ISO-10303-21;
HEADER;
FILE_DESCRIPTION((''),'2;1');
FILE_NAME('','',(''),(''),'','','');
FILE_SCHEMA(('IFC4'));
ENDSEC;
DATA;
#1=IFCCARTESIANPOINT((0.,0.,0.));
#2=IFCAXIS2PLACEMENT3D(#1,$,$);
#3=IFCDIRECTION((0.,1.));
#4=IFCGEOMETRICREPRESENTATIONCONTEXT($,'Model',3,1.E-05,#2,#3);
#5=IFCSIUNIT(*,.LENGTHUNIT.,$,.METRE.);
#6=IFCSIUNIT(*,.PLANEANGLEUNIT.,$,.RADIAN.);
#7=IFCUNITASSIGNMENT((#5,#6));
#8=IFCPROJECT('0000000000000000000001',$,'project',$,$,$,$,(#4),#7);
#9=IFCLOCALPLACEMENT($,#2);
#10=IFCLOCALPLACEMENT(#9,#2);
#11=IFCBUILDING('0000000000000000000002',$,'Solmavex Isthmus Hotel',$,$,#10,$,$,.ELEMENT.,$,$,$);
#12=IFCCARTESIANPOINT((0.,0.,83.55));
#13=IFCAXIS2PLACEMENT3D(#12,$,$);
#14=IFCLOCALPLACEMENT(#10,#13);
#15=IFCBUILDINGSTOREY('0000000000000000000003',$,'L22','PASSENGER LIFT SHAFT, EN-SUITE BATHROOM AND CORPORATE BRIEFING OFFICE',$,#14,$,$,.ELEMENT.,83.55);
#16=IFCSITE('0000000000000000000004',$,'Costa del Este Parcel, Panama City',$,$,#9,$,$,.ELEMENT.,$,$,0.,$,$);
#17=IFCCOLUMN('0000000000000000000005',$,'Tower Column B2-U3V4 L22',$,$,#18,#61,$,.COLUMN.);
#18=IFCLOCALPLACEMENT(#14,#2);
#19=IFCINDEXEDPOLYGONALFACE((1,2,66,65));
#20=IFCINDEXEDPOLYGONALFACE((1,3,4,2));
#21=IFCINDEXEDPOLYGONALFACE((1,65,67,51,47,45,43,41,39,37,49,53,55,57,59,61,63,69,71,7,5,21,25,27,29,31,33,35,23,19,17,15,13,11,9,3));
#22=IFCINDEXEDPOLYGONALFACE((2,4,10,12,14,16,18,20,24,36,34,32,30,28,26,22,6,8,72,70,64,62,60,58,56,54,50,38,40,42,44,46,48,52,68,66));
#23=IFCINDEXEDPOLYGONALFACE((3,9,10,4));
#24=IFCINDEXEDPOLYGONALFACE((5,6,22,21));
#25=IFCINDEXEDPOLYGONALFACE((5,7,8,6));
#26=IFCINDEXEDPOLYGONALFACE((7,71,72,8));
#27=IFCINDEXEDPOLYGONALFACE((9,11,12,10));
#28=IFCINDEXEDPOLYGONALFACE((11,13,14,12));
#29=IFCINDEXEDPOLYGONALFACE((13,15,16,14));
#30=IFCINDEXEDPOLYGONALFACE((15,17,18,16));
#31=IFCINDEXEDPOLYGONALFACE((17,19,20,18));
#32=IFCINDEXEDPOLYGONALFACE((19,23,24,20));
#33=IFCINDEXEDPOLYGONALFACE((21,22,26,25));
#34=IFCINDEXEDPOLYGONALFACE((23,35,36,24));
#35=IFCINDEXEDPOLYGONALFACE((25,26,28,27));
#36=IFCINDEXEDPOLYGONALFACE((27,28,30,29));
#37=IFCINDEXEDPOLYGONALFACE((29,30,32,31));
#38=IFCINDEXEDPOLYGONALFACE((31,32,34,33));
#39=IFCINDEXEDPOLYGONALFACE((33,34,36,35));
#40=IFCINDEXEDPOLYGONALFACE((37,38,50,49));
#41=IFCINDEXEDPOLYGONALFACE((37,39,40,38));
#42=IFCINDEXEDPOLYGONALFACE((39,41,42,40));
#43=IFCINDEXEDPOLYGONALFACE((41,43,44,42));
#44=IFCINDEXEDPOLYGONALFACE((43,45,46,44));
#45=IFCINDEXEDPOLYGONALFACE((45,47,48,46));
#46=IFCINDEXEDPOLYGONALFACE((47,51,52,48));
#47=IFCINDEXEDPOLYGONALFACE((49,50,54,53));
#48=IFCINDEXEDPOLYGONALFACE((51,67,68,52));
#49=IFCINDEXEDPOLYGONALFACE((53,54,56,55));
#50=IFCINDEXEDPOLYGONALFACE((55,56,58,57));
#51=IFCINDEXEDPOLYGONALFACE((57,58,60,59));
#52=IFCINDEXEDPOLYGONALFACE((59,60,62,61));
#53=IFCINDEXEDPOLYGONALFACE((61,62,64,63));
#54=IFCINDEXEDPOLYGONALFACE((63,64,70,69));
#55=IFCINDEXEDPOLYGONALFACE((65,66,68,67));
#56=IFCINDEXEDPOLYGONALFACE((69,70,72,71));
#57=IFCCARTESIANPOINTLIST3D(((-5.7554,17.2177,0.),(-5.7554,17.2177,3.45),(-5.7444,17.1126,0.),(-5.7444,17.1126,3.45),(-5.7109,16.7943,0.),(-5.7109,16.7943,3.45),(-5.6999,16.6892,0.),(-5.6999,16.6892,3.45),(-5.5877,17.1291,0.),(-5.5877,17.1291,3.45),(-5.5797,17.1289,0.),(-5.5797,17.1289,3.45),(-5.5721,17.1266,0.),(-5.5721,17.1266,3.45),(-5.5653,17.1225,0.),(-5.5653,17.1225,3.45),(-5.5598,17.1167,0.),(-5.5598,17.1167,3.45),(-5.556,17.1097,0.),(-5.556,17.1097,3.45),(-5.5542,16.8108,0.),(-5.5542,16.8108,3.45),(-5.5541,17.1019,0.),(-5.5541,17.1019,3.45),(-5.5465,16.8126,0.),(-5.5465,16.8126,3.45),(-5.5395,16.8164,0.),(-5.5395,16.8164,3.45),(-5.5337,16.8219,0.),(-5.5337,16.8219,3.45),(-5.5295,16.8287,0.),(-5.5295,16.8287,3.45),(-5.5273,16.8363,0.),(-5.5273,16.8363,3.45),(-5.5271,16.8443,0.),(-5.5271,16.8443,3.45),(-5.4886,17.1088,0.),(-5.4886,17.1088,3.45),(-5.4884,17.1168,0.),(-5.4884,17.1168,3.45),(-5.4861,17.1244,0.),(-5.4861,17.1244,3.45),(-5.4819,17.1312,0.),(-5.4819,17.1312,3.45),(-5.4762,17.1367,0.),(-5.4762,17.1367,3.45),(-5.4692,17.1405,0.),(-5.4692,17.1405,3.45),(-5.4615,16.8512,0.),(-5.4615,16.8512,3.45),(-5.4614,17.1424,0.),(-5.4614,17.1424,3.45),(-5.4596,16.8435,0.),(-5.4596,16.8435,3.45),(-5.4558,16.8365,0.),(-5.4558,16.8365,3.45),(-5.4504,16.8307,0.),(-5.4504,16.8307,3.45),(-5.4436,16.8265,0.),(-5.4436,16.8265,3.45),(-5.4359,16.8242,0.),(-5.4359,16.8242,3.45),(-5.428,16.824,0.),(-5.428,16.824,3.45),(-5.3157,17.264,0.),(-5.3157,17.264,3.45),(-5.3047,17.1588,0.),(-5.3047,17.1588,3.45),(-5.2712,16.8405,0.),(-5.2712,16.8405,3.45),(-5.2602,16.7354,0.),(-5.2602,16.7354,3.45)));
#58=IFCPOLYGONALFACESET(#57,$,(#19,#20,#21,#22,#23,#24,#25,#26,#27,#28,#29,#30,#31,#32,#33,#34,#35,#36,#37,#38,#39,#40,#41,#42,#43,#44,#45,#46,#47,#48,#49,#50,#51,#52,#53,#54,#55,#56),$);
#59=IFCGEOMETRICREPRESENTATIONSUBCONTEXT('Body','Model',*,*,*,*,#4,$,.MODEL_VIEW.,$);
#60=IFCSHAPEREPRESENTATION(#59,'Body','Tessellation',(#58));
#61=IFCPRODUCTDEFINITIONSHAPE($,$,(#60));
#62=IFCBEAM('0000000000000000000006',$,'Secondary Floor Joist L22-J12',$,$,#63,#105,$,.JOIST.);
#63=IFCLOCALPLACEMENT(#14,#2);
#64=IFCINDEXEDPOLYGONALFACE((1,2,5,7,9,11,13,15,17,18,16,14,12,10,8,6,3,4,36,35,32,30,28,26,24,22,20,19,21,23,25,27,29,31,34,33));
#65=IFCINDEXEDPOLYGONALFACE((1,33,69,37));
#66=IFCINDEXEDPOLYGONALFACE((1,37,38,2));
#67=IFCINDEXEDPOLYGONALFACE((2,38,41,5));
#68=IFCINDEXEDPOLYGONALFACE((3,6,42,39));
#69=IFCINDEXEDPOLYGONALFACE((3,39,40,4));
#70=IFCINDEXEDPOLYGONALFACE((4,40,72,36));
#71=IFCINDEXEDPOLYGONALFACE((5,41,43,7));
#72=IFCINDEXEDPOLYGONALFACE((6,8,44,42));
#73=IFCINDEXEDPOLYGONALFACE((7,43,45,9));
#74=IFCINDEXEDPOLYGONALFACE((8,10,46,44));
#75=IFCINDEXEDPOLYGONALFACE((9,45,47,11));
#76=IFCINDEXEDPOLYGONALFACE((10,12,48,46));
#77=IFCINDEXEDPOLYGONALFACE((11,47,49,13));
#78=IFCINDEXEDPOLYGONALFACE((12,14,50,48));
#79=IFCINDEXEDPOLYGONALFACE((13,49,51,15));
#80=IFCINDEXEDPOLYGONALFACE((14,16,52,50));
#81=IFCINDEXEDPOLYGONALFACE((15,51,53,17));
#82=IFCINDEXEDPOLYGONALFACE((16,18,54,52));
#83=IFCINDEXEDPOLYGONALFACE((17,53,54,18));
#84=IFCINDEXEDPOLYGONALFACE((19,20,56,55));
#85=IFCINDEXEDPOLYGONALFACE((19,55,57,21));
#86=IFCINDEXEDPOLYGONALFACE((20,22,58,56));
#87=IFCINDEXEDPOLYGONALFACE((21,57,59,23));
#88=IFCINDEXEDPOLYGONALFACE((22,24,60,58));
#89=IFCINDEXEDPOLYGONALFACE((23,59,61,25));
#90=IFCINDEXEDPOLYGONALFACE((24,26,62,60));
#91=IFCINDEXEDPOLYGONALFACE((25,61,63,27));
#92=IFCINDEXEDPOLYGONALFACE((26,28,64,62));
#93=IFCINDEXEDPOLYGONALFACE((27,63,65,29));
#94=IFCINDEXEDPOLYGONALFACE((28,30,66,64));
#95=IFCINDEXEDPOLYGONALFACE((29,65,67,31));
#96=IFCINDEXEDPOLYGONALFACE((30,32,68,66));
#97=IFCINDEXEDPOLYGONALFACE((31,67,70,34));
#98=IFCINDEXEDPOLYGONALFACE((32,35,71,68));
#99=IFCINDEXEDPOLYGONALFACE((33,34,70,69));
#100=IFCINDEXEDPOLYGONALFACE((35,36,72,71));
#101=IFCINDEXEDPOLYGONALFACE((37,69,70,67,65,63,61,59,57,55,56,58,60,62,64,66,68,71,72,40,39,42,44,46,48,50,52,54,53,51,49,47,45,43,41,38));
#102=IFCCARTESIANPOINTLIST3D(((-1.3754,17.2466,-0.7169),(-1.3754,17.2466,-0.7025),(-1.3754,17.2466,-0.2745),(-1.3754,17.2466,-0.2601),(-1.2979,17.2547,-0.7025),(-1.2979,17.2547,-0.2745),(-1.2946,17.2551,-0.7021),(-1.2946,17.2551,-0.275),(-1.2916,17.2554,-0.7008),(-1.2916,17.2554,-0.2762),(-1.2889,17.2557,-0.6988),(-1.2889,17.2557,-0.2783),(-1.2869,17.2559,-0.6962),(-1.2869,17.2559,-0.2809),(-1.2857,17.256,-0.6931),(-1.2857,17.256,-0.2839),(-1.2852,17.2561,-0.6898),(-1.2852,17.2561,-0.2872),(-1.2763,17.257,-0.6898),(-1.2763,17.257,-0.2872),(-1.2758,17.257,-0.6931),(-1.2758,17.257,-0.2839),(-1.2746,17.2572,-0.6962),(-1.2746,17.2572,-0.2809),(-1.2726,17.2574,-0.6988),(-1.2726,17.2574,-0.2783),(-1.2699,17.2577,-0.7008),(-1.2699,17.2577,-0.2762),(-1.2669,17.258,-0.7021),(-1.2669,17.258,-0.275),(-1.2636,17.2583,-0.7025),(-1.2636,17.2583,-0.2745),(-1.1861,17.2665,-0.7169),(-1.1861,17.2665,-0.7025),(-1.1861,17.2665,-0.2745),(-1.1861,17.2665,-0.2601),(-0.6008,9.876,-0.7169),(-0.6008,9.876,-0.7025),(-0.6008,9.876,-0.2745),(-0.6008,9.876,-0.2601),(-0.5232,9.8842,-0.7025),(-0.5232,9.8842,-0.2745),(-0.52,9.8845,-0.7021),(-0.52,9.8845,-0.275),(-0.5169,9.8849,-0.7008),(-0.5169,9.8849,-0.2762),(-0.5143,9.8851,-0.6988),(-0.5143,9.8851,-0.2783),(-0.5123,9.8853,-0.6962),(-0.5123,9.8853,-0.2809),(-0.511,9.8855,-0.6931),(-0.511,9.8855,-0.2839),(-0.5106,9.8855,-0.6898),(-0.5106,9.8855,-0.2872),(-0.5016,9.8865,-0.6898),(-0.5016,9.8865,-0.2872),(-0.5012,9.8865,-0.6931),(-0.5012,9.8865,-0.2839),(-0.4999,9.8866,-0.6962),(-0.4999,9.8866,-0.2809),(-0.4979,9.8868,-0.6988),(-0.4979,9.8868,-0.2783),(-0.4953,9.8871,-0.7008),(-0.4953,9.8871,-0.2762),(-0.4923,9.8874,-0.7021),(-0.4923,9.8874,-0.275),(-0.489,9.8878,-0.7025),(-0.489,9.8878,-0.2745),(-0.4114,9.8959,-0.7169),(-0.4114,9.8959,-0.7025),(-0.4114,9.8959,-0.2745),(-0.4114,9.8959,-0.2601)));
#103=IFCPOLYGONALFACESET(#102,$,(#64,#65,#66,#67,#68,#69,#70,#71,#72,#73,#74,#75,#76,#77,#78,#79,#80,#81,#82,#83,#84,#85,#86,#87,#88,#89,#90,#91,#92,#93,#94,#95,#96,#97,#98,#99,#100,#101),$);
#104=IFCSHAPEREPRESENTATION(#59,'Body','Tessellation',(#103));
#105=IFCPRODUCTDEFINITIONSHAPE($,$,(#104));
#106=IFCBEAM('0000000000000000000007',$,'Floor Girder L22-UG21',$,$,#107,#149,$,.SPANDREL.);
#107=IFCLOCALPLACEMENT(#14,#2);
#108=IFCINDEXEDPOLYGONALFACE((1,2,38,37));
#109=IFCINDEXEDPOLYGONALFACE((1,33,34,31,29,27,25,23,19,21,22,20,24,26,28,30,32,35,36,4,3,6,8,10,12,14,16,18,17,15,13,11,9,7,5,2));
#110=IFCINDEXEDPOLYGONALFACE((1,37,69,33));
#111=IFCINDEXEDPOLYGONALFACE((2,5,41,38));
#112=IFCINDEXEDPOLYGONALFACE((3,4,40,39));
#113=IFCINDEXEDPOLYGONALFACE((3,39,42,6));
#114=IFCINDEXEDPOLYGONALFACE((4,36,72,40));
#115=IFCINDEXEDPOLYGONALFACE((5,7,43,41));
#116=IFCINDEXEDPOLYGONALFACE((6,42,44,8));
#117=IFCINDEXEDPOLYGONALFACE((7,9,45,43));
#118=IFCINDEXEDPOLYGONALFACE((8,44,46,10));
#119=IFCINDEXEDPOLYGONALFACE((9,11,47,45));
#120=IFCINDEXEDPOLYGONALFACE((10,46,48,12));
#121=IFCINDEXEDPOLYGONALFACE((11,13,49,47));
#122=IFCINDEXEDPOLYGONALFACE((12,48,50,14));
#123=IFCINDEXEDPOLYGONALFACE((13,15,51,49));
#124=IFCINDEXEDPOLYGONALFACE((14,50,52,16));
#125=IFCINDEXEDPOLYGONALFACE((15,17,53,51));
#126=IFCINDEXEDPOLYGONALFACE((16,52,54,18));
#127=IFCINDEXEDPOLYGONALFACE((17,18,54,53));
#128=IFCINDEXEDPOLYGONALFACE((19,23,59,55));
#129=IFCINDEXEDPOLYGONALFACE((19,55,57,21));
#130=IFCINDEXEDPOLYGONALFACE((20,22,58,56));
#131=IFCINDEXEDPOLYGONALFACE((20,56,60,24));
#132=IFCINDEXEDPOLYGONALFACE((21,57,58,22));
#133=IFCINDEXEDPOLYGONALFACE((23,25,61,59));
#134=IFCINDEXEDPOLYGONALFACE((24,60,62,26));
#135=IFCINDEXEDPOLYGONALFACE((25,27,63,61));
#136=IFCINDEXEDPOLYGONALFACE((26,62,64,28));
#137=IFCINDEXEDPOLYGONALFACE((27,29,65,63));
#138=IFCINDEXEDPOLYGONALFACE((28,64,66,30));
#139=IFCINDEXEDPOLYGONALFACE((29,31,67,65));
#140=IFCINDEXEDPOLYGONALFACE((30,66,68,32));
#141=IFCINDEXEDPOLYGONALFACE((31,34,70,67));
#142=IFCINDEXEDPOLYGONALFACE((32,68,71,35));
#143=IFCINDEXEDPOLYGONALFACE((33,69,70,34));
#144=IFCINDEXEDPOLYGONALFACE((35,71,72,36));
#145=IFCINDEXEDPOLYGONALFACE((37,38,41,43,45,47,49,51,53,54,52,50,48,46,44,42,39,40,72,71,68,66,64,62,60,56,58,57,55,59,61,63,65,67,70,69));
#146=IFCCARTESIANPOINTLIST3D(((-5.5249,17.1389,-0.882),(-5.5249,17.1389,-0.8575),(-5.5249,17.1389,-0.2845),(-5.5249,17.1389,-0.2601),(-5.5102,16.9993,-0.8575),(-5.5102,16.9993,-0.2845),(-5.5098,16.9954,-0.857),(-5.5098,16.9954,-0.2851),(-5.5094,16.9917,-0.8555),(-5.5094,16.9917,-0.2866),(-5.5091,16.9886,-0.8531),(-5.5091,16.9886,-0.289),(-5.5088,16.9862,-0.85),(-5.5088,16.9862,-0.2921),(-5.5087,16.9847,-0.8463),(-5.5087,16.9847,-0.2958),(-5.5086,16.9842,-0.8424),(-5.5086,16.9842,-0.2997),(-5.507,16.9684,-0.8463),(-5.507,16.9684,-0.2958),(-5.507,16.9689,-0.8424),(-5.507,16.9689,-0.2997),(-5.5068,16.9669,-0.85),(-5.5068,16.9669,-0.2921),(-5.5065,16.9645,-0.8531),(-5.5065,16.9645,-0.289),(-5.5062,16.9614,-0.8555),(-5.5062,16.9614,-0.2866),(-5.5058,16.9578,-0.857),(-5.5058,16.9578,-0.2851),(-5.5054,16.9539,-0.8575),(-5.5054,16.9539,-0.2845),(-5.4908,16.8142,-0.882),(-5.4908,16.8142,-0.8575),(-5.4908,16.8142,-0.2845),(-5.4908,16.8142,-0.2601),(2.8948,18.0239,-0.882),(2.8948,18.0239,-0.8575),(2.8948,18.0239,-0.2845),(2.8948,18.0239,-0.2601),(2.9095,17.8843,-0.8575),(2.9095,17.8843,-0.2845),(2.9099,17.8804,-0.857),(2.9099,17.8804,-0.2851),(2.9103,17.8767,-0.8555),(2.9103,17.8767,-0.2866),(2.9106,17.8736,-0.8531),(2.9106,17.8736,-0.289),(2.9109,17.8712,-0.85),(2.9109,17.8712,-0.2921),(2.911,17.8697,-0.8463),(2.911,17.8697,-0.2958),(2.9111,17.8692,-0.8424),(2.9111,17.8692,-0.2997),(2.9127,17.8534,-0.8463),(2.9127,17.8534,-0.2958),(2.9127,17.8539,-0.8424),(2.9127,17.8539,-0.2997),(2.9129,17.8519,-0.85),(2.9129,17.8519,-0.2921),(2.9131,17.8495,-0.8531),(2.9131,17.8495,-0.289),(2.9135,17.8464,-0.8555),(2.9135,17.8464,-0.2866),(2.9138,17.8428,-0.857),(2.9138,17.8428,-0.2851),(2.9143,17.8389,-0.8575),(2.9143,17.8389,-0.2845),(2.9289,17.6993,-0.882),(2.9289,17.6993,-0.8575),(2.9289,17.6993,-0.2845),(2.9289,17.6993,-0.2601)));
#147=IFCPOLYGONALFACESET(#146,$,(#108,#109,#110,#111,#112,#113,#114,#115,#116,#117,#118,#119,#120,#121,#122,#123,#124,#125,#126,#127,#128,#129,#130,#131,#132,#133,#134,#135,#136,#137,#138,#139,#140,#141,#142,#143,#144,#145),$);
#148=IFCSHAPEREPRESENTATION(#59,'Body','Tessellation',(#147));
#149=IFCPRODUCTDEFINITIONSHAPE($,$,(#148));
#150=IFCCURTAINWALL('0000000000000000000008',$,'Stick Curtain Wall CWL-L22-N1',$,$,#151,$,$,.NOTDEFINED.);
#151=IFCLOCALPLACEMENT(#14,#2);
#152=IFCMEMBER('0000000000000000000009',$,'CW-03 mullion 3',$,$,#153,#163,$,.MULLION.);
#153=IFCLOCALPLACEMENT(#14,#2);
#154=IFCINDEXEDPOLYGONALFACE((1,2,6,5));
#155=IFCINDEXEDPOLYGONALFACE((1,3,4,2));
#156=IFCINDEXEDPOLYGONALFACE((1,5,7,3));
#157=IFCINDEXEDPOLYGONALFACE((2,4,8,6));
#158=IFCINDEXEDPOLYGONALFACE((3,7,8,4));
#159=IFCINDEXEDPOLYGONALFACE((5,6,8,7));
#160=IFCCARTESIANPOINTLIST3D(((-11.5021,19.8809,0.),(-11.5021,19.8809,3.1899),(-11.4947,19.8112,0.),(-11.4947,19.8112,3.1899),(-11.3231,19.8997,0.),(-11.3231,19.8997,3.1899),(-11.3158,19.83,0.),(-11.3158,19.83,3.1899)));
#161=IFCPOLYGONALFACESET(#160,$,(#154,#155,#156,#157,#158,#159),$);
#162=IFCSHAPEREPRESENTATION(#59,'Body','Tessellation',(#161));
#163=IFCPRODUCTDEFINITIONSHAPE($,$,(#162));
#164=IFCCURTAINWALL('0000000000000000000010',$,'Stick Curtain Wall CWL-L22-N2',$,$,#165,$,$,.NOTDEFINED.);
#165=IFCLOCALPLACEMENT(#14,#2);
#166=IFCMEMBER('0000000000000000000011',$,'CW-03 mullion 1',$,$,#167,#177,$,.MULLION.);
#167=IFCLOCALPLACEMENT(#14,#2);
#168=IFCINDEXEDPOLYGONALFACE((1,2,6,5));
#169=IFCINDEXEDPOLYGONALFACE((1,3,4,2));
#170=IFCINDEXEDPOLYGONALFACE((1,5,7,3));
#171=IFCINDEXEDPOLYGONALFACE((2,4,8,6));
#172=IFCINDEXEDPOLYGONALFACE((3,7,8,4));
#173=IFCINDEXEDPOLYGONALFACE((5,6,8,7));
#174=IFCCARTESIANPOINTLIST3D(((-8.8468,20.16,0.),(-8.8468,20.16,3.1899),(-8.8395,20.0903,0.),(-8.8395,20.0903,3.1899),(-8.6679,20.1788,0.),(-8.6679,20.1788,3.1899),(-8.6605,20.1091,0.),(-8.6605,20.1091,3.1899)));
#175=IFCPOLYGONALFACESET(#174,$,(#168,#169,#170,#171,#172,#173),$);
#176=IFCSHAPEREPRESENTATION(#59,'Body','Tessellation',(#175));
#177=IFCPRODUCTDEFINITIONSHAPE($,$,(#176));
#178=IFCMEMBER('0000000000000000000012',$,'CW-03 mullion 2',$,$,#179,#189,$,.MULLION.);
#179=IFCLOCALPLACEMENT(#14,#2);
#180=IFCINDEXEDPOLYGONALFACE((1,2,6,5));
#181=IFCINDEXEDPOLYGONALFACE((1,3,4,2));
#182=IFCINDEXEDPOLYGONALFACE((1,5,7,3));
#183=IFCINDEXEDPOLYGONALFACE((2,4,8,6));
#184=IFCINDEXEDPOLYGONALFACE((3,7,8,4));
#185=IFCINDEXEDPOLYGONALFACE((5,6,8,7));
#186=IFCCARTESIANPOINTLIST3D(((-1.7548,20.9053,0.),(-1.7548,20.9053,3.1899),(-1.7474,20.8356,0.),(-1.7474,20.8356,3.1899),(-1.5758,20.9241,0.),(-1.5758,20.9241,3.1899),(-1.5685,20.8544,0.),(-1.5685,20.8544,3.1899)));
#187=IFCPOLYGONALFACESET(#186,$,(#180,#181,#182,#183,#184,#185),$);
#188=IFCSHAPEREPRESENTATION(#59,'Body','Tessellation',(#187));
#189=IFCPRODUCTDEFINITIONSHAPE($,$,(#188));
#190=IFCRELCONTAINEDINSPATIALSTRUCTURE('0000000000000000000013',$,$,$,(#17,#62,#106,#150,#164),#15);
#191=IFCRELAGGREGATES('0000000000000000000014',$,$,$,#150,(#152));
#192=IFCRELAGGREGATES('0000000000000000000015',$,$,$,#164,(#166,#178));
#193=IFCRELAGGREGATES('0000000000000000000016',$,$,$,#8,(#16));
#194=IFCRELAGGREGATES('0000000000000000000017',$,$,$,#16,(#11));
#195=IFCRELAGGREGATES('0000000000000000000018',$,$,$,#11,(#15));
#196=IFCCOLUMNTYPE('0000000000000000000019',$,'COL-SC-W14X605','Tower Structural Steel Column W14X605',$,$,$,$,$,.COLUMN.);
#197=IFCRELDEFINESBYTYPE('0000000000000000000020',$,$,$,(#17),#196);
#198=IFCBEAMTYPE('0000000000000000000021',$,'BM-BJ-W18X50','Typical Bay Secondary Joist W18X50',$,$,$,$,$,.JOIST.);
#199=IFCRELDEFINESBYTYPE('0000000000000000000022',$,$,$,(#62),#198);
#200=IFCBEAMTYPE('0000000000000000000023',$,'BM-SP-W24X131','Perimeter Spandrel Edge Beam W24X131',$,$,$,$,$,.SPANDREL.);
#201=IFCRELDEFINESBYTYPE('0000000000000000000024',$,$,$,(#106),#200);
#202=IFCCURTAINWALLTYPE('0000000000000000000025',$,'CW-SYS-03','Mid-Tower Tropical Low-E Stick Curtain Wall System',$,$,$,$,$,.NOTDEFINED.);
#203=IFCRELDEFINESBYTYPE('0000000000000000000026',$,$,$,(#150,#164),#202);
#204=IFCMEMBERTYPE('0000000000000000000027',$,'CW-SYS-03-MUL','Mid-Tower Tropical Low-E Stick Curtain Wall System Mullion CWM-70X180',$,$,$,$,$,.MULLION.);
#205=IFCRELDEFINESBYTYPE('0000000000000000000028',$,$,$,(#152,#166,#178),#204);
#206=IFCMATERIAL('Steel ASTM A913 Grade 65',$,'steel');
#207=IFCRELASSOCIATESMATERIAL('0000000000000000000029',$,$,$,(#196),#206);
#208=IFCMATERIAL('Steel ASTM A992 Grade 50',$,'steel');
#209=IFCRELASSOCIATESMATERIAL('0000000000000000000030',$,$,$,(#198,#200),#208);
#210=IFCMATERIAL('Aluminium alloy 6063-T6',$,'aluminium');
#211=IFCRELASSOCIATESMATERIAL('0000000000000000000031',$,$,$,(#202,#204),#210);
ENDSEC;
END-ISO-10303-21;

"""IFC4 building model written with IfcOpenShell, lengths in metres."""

from ifc_helpers import new_model, si_unit, direction, frame, origin, origin_2d, place, context, subcontext, project, spatial, rectangle, i_section, extrude, material, material_profile, profile_set, type_object, element, aggregate, save


model = new_model("IFC4")

# Units and contexts
model_context = context("Model", 3, precision=1e-05, world=origin(), true_north=direction((0.0, 1.0)))
body_context = subcontext(model_context, "Body", "Model", "MODEL_VIEW")
ifc_project = project(units=[si_unit("LENGTHUNIT", "METRE"), si_unit("PLANEANGLEUNIT", "RADIAN")], contexts=[model_context])

# Site, building, storey
site_placement = place(None, origin())
site = spatial("IfcSite", under=ifc_project, at=site_placement, Name="Costa del Este Parcel, Panama City", CompositionType="ELEMENT", RefElevation=0.0)
building_placement = place(site_placement, origin())
building = spatial("IfcBuilding", under=site, at=building_placement, Name="Solmavex Isthmus Hotel", CompositionType="ELEMENT")
storey_placement = place(building_placement, frame((0.0, 0.0, 83.55)))
storey = spatial("IfcBuildingStorey", under=building, at=storey_placement, Name="L22", Description="PASSENGER LIFT SHAFT, EN-SUITE BATHROOM AND CORPORATE BRIEFING OFFICE", CompositionType="ELEMENT", Elevation=83.55)

# Column
ifc_material_1 = material(Name="Steel ASTM A913 Grade 65", Category="steel")
ifc_material_profile_1 = material_profile(ifc_material_1, i_section(OverallWidth=0.4421, OverallDepth=0.5315, WebThickness=0.0659, FlangeThickness=0.1057, FilletRadius=0.0305, at=origin_2d()), Name="W14X605")
ifc_profile_set_1 = profile_set([ifc_material_profile_1], Name="Steel ASTM A913 Grade 65")
column_type = type_object("IfcColumnType", Name="COL-SC-W14X605", Description="Tower Structural Steel Column W14X605", PredefinedType="COLUMN", material=ifc_profile_set_1)
column_placement = place(storey_placement, frame((-5.5078, 16.9766, 0.0), z_axis=(0.0, 0.0, 1.0), x_axis=(0.994522, 0.104528, 0.0)))
element("IfcColumn", 1, at=column_placement, inside=storey, type_object=column_type, Name="Tower Column B2-U3V4 L22", PredefinedType="COLUMN", context=body_context, shape_type="SweptSolid", body=[
    extrude(i_section(OverallWidth=0.4421, OverallDepth=0.5315, WebThickness=0.0659, FlangeThickness=0.1057, FilletRadius=0.0305, at=origin_2d()), origin(), (0.0, 0.0, 1.0), 3.45),
])

# Beams
ifc_material_2 = material(Name="Steel ASTM A992 Grade 50", Category="steel")
ifc_material_profile_2 = material_profile(ifc_material_2, i_section(OverallWidth=0.1904, OverallDepth=0.4568, WebThickness=0.009, FlangeThickness=0.0144, FilletRadius=0.0127, at=origin_2d()), Name="W18X50")
ifc_profile_set_2 = profile_set([ifc_material_profile_2], Name="Steel ASTM A992 Grade 50")
beam_type_1 = type_object("IfcBeamType", Name="BM-BJ-W18X50", Description="Typical Bay Secondary Joist W18X50", PredefinedType="JOIST", material=ifc_profile_set_2)
beam_1_placement = place(storey_placement, frame((-0.5061, 9.886, -0.4885), z_axis=(-0.104525, 0.994522, 0.0), x_axis=(-0.994522, -0.104525, 0.0)))
element("IfcBeam", 2, at=beam_1_placement, inside=storey, type_object=beam_type_1, Name="Secondary Floor Joist L22-J12", PredefinedType="JOIST", context=body_context, shape_type="SweptSolid", body=[
    extrude(i_section(OverallWidth=0.1904, OverallDepth=0.4568, WebThickness=0.009, FlangeThickness=0.0144, FilletRadius=0.0127, at=origin_2d()), origin(), (0.0, 0.0, 1.0), 7.4111),
])
ifc_material_profile_3 = material_profile(ifc_material_2, i_section(OverallWidth=0.3264, OverallDepth=0.6218, WebThickness=0.0154, FlangeThickness=0.0244, FilletRadius=0.0151, at=origin_2d()), Name="W24X131")
ifc_profile_set_3 = profile_set([ifc_material_profile_3], Name="Steel ASTM A992 Grade 50")
beam_type_2 = type_object("IfcBeamType", Name="BM-SP-W24X131", Description="Perimeter Spandrel Edge Beam W24X131", PredefinedType="SPANDREL", material=ifc_profile_set_3)
beam_2_placement = place(storey_placement, frame((-5.5078, 16.9766, -0.571), z_axis=(0.994521, 0.104536, 0.0), x_axis=(-0.104536, 0.994521, 0.0)))
element("IfcBeam", 3, at=beam_2_placement, inside=storey, type_object=beam_type_2, Name="Floor Girder L22-UG21", PredefinedType="SPANDREL", context=body_context, shape_type="SweptSolid", body=[
    extrude(i_section(OverallWidth=0.3264, OverallDepth=0.6218, WebThickness=0.0154, FlangeThickness=0.0244, FilletRadius=0.0151, at=origin_2d()), origin(), (0.0, 0.0, 1.0), 8.4661),
])

# Curtain wall, member
ifc_material_3 = material(Name="Aluminium alloy 6063-T6", Category="aluminium")
curtain_wall_type = type_object("IfcCurtainWallType", Name="CW-SYS-03", Description="Mid-Tower Tropical Low-E Stick Curtain Wall System", PredefinedType="NOTDEFINED", material=ifc_material_3)
curtain_wall_1_placement = place(storey_placement, origin())
curtain_wall_1 = element("IfcCurtainWall", 4, at=curtain_wall_1_placement, inside=storey, type_object=curtain_wall_type, Name="Stick Curtain Wall CWL-L22-N1", PredefinedType="NOTDEFINED")
ifc_material_profile_4 = material_profile(ifc_material_3, rectangle(XDim=0.0701, YDim=0.1799, at=origin_2d()), Name="CWM-70X180")
ifc_profile_set_4 = profile_set([ifc_material_profile_4], Name="Aluminium alloy 6063-T6")
member_type_1 = type_object("IfcMemberType", Name="CW-SYS-03-MUL", Description="Mid-Tower Tropical Low-E Stick Curtain Wall System Mullion CWM-70X180", PredefinedType="MULLION", material=ifc_profile_set_4)
member_1_placement = place(storey_placement, frame((-11.4089, 19.8555, 0.0), z_axis=(0.0, 0.0, 1.0), x_axis=(-0.104528, 0.994522, 0.0)))
member_1 = element("IfcMember", 5, at=member_1_placement, type_object=member_type_1, Name="CW-03 mullion 3", PredefinedType="MULLION", context=body_context, shape_type="SweptSolid", body=[
    extrude(rectangle(XDim=0.0701, YDim=0.1799, at=origin_2d()), origin(), (0.0, 0.0, 1.0), 3.1899),
])
aggregate(curtain_wall_1, [member_1])

# Curtain wall, members
curtain_wall_2_placement = place(storey_placement, origin())
curtain_wall_2 = element("IfcCurtainWall", 6, at=curtain_wall_2_placement, inside=storey, type_object=curtain_wall_type, Name="Stick Curtain Wall CWL-L22-N2", PredefinedType="NOTDEFINED")
member_2_placement = place(storey_placement, frame((-8.7537, 20.1345, 0.0), z_axis=(0.0, 0.0, 1.0), x_axis=(-0.104528, 0.994522, 0.0)))
member_2 = element("IfcMember", 7, at=member_2_placement, type_object=member_type_1, Name="CW-03 mullion 1", PredefinedType="MULLION", context=body_context, shape_type="SweptSolid", body=[
    extrude(rectangle(XDim=0.0701, YDim=0.1799, at=origin_2d()), origin(), (0.0, 0.0, 1.0), 3.1899),
])
member_3_placement = place(storey_placement, frame((-1.6616, 20.8799, 0.0), z_axis=(0.0, 0.0, 1.0), x_axis=(-0.104528, 0.994522, 0.0)))
member_3 = element("IfcMember", 8, at=member_3_placement, type_object=member_type_1, Name="CW-03 mullion 2", PredefinedType="MULLION", context=body_context, shape_type="SweptSolid", body=[
    extrude(rectangle(XDim=0.0701, YDim=0.1799, at=origin_2d()), origin(), (0.0, 0.0, 1.0), 3.1899),
])
aggregate(curtain_wall_2, [member_2, member_3])

save(model, "model.ifc")
